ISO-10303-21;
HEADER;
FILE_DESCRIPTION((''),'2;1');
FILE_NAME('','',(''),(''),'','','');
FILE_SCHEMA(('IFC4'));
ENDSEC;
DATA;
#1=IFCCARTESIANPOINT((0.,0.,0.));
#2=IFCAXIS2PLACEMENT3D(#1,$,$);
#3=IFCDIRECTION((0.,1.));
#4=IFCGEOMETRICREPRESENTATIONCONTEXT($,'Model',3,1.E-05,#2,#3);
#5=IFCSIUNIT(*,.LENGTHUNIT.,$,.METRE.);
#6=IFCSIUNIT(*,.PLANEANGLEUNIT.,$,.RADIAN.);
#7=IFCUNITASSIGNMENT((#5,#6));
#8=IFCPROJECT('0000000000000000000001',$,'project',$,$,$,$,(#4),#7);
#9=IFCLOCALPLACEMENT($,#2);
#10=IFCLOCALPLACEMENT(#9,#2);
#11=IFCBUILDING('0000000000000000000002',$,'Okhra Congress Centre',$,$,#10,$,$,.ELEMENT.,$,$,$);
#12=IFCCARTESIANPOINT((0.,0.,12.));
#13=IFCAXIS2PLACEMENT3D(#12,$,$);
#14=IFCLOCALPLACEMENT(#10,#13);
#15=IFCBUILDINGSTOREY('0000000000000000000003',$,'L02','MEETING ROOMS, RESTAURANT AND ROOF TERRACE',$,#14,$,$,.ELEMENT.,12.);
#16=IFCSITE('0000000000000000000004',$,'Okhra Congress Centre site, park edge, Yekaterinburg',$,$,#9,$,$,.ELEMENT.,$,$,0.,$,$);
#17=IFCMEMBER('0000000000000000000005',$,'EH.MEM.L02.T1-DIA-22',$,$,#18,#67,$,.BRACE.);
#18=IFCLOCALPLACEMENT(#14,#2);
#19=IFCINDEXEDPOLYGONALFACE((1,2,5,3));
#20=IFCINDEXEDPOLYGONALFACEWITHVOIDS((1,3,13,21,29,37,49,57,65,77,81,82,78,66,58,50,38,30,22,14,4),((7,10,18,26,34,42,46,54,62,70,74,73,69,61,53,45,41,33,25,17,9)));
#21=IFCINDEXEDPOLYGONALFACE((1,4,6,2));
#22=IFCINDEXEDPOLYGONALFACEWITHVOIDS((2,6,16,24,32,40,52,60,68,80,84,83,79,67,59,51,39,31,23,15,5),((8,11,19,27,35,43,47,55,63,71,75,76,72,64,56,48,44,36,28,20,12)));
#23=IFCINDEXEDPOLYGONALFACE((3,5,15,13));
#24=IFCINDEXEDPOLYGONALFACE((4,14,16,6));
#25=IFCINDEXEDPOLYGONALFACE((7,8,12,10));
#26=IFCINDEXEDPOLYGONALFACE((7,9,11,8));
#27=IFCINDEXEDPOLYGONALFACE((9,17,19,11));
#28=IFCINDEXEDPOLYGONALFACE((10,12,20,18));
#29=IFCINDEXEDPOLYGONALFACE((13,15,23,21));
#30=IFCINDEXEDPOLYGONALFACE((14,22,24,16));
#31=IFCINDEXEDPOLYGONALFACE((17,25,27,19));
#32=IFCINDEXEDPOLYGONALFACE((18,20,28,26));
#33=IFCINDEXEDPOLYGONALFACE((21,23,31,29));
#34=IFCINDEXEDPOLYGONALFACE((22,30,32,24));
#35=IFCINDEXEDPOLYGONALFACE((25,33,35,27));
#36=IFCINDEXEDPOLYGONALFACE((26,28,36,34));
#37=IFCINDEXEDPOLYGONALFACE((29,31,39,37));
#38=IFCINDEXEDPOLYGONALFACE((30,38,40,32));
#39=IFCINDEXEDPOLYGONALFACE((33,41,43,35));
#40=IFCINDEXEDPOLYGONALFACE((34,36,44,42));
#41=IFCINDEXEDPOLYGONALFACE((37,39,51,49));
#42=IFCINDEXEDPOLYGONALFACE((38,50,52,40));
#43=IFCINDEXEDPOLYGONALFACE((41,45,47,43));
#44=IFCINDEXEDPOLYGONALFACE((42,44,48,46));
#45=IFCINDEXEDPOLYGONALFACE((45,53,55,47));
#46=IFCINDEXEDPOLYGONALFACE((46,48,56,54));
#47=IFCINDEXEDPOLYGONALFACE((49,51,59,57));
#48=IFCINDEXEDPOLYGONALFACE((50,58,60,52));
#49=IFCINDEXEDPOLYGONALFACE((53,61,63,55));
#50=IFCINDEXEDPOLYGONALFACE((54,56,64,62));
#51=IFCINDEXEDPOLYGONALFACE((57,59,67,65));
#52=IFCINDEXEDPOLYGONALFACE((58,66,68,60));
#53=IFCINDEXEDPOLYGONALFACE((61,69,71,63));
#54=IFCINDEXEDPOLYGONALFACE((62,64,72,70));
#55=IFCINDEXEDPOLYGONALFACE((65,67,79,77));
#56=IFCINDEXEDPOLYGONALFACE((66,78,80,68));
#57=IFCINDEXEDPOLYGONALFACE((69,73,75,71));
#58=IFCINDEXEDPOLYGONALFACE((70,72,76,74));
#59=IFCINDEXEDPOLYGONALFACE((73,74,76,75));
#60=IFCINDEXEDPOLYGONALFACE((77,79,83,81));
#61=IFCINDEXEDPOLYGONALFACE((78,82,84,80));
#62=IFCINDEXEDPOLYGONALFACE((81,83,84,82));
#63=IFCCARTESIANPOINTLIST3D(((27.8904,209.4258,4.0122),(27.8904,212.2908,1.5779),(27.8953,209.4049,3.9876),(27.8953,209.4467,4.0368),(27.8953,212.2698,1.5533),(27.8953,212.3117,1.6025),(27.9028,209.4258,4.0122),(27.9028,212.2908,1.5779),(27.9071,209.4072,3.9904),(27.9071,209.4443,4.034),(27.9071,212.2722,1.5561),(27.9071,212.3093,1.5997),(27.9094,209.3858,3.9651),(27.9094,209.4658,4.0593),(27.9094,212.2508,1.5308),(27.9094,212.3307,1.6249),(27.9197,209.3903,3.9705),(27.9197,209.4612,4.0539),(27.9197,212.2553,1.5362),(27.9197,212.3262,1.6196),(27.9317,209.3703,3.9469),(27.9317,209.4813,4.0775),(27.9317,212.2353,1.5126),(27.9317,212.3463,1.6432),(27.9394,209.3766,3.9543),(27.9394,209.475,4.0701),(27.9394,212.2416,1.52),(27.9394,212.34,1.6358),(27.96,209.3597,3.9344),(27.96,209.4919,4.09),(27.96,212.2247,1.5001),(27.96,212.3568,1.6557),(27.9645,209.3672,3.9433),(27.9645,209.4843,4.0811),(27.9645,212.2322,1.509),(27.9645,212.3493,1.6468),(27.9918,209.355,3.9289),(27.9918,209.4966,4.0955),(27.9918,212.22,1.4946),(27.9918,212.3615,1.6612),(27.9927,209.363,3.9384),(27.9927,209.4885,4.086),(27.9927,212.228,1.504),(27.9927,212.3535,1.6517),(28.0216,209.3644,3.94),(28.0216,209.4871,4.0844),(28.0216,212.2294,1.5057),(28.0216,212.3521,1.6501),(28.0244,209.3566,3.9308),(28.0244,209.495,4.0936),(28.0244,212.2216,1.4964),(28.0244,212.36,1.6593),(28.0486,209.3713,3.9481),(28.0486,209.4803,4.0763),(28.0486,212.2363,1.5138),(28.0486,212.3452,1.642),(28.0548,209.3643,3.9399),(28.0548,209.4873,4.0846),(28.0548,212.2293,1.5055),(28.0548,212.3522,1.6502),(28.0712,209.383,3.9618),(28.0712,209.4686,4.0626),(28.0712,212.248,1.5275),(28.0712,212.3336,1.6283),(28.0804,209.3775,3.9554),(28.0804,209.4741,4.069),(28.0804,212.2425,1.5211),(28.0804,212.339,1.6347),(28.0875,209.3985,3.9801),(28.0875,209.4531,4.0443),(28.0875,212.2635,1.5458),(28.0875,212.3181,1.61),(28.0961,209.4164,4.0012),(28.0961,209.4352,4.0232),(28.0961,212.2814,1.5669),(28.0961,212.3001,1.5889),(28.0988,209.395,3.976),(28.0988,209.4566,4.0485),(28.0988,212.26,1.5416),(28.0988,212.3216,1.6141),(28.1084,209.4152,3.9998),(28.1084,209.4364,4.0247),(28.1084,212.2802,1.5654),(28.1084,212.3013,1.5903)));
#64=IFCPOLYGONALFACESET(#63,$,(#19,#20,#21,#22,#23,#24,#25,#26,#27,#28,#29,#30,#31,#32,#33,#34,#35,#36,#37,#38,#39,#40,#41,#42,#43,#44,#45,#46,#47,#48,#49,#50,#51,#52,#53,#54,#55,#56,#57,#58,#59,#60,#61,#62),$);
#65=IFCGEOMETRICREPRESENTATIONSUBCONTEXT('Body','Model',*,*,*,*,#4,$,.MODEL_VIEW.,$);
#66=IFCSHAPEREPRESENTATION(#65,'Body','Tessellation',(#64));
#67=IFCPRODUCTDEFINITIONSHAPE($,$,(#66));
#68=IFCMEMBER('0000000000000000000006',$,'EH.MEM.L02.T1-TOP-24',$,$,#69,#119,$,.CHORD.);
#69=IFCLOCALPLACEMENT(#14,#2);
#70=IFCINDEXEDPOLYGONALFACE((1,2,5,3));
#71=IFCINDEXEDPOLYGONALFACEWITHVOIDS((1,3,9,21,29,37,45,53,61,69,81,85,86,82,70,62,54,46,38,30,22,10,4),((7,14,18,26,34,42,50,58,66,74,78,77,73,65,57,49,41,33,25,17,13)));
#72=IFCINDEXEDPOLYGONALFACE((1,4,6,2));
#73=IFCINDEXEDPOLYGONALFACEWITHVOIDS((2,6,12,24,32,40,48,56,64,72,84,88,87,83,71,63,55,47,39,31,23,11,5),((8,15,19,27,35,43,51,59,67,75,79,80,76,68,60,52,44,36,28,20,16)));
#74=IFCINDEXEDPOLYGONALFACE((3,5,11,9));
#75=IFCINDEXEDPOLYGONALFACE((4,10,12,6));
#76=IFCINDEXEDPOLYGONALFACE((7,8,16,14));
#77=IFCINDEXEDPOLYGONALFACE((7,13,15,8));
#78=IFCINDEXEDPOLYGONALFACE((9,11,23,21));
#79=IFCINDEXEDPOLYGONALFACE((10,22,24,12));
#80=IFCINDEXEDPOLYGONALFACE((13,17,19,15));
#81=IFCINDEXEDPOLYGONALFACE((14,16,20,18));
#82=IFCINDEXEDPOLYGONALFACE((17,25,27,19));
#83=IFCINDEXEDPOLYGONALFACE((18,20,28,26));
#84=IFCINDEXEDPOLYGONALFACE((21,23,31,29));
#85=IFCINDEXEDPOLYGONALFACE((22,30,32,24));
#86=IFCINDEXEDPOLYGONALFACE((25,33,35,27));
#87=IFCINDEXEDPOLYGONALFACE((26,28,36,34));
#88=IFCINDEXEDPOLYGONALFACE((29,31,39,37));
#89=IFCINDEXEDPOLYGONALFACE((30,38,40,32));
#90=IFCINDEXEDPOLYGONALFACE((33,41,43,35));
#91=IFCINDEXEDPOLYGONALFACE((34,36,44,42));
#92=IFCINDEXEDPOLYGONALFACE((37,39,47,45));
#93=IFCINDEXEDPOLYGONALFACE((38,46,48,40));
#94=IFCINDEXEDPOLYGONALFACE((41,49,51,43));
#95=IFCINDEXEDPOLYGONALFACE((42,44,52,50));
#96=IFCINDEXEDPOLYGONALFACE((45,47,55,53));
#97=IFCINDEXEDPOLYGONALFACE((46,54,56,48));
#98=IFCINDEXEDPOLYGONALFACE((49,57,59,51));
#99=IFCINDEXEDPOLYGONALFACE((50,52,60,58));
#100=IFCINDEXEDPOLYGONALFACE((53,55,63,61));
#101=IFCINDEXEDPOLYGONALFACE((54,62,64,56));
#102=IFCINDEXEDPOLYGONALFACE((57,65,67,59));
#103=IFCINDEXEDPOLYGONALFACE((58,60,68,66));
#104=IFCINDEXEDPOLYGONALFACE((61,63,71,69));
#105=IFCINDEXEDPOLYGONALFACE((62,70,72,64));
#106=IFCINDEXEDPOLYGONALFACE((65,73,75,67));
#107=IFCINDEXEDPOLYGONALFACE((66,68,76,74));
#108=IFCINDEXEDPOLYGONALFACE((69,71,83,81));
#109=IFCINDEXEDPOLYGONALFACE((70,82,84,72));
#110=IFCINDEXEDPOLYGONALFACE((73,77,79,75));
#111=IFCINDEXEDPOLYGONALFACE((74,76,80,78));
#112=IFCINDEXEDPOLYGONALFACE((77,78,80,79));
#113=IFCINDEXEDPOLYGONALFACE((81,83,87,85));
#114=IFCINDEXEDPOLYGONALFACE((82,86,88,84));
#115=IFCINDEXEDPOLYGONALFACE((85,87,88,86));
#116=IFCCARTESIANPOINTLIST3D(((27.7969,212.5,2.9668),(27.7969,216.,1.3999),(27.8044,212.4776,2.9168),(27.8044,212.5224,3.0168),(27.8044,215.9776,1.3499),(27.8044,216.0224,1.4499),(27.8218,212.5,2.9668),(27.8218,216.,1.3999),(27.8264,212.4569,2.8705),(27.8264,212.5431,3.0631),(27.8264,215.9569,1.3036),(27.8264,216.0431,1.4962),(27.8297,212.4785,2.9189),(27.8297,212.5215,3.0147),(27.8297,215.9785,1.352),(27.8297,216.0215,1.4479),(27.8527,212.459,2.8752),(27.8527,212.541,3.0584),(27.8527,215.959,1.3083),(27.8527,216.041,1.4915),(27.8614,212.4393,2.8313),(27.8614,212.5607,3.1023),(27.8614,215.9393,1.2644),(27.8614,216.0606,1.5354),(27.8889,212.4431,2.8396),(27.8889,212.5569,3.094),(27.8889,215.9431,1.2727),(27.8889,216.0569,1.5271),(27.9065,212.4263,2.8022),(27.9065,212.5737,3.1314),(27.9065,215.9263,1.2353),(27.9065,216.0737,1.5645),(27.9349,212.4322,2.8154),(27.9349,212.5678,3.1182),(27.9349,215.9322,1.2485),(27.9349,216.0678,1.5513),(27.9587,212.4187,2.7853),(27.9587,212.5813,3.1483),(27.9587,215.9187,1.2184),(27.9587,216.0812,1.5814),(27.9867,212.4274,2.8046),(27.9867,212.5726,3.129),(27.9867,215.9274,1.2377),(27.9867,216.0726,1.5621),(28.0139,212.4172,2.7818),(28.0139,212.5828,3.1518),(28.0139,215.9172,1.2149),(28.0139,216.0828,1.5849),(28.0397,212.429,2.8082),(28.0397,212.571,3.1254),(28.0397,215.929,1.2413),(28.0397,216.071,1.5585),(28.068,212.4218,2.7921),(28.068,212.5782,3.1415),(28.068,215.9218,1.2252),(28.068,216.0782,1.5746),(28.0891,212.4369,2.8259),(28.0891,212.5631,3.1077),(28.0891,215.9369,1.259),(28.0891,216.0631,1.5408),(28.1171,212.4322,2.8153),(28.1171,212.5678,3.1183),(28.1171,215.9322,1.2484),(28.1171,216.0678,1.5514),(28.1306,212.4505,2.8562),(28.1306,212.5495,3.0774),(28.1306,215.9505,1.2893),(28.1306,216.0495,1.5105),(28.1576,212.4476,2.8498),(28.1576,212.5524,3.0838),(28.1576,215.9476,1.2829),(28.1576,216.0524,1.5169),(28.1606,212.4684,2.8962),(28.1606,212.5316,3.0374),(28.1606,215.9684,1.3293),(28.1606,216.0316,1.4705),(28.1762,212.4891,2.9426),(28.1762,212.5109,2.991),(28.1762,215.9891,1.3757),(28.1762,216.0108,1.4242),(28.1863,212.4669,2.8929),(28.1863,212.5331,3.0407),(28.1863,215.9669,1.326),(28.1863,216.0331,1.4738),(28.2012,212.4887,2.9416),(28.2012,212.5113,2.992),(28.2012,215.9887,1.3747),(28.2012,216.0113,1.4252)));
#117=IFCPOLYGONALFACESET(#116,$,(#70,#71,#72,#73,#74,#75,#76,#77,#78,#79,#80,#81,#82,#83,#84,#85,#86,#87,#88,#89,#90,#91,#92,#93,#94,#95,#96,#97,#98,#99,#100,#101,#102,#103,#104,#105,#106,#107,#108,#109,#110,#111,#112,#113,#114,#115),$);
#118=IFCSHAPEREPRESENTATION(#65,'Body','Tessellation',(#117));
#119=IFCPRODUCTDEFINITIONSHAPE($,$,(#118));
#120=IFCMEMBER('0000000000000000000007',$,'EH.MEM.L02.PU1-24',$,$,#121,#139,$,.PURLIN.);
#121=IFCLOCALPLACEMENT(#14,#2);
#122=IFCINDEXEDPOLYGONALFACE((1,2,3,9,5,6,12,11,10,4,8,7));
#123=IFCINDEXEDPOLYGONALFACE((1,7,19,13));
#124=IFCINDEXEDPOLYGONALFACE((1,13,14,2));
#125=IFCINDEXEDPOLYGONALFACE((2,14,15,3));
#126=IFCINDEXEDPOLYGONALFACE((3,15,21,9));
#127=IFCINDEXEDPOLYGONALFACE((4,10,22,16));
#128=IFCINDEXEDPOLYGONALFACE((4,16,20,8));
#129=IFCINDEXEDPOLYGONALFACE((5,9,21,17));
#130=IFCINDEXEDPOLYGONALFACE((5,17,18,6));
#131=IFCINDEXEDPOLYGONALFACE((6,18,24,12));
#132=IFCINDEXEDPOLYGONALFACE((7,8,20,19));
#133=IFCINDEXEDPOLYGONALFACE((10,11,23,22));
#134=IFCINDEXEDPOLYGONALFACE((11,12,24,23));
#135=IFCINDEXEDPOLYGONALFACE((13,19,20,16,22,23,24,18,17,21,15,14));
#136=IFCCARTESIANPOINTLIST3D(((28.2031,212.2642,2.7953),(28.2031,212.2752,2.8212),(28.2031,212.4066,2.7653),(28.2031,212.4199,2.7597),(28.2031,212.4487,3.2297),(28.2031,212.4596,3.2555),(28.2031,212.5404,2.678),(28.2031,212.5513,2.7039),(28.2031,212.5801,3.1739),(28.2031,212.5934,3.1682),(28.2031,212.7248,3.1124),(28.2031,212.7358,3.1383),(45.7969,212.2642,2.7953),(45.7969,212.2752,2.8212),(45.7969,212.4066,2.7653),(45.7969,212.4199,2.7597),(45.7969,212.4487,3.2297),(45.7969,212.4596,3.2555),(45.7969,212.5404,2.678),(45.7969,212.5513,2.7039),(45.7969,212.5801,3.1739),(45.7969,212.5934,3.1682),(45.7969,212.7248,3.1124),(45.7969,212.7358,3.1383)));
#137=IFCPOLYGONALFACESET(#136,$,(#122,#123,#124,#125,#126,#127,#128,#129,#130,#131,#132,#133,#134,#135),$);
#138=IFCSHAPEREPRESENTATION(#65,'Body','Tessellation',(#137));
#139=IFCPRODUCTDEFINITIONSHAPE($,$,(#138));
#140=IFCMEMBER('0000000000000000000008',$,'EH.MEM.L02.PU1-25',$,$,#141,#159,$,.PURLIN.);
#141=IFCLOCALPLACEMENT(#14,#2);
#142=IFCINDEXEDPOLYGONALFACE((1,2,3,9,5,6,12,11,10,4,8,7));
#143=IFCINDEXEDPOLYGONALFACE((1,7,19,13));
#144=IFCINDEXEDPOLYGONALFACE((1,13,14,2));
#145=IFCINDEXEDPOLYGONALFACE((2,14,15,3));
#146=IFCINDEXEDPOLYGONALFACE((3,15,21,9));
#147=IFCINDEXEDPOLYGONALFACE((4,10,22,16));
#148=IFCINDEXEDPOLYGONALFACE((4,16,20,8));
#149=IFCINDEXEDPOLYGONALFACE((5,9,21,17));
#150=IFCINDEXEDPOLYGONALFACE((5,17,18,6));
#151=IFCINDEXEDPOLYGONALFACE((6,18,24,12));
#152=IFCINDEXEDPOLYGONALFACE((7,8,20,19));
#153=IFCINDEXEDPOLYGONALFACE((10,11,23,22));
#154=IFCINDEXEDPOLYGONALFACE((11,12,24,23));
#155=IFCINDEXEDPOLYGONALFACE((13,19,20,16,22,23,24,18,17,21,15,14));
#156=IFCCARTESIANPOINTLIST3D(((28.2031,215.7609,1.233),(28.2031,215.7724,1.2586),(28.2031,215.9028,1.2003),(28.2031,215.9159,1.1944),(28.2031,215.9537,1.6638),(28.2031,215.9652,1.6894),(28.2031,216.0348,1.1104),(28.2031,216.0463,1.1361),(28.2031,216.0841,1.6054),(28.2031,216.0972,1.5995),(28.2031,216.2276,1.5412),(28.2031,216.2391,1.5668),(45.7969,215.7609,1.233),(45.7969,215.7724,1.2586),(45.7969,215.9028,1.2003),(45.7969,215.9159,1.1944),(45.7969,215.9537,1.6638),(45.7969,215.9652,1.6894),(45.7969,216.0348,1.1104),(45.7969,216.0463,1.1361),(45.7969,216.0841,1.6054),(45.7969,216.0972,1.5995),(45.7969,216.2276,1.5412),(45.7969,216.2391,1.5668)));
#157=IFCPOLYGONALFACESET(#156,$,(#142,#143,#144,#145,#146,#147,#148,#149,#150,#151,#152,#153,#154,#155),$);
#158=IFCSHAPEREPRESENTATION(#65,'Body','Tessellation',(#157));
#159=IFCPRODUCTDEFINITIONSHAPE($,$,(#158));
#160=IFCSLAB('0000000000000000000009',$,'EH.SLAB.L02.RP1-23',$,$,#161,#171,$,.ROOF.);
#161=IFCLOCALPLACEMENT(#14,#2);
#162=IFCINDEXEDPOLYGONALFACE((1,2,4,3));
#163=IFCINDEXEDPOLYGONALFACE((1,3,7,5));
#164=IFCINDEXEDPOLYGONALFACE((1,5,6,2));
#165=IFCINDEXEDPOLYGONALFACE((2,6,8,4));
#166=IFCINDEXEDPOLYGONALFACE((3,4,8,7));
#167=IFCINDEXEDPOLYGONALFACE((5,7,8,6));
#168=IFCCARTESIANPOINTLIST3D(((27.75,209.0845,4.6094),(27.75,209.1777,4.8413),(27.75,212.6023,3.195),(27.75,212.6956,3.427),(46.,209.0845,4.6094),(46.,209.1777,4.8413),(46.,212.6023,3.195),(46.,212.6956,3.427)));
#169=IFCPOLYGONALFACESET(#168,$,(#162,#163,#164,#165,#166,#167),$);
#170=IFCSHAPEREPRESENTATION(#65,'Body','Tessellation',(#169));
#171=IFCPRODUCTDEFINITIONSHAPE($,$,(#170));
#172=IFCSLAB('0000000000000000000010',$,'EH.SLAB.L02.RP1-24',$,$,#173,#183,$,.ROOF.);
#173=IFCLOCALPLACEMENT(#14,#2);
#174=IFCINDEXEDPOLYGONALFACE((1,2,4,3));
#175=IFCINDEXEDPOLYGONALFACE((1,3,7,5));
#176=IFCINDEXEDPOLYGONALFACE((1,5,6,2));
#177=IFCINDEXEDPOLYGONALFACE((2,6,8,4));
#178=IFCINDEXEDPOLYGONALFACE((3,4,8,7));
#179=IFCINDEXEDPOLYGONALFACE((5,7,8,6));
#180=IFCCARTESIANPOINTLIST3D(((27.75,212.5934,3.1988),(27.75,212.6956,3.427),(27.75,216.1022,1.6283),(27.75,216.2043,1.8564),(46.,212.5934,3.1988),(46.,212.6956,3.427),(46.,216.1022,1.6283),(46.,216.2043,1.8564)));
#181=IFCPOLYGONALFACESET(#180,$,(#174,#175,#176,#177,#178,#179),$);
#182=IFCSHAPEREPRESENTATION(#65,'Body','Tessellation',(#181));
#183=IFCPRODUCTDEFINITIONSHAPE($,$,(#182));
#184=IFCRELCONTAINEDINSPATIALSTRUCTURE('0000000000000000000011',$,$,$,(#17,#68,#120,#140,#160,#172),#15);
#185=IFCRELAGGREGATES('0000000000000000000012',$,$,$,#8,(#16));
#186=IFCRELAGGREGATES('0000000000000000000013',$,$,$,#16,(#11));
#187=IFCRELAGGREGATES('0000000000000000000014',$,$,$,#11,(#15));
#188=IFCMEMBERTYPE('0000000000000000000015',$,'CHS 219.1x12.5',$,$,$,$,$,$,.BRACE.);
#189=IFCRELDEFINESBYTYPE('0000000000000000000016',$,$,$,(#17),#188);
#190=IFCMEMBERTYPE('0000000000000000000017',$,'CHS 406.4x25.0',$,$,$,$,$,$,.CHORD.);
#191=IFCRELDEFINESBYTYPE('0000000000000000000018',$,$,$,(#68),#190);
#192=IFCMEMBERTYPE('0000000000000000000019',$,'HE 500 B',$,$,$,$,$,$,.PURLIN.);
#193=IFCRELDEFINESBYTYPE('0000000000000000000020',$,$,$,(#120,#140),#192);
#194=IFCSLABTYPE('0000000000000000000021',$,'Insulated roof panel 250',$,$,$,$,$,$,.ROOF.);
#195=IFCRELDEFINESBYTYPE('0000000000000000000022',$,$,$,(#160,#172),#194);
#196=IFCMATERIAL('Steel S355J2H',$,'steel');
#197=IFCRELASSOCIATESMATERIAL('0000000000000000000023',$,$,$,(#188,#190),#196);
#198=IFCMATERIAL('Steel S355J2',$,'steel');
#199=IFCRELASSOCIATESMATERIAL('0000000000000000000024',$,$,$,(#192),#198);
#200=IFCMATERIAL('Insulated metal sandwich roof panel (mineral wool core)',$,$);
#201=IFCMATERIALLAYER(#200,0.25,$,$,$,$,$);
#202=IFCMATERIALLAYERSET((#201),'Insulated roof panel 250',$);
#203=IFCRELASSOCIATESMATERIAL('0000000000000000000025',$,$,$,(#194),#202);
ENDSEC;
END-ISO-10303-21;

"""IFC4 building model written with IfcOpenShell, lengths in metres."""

from ifc_helpers import new_model, si_unit, direction, frame, origin, origin_2d, place, context, subcontext, project, spatial, polyline, hollow_circle, i_section, outline, extrude, material, layer, layer_set, material_profile, profile_set, type_object, element, save


model = new_model("IFC4")

# Units and contexts
model_context = context("Model", 3, precision=1e-05, world=origin(), true_north=direction((0.0, 1.0)))
body_context = subcontext(model_context, "Body", "Model", "MODEL_VIEW")
ifc_project = project(units=[si_unit("LENGTHUNIT", "METRE"), si_unit("PLANEANGLEUNIT", "RADIAN")], contexts=[model_context])

# Site, building, storey
site_placement = place(None, origin())
site = spatial("IfcSite", under=ifc_project, at=site_placement, Name="Okhra Congress Centre site, park edge, Yekaterinburg", CompositionType="ELEMENT", RefElevation=0.0)
building_placement = place(site_placement, origin())
building = spatial("IfcBuilding", under=site, at=building_placement, Name="Okhra Congress Centre", CompositionType="ELEMENT")
storey_placement = place(building_placement, frame((0.0, 0.0, 12.0)))
storey = spatial("IfcBuildingStorey", under=building, at=storey_placement, Name="L02", Description="MEETING ROOMS, RESTAURANT AND ROOF TERRACE", CompositionType="ELEMENT", Elevation=12.0)

# Shared definitions
ifc_material_1 = material(Name="Steel S355J2", Category="steel")

# Members
ifc_material_2 = material(Name="Steel S355J2H", Category="steel")
ifc_material_profile_1 = material_profile(ifc_material_2, hollow_circle(Radius=0.1096, WallThickness=0.0125, at=origin_2d()), Name="CHS 219.1x12.5")
ifc_profile_set_1 = profile_set([ifc_material_profile_1], Name="Steel S355J2H")
member_type_1 = type_object("IfcMemberType", Name="CHS 219.1x12.5", PredefinedType="BRACE", material=ifc_profile_set_1)
member_1_placement = place(storey_placement, frame((28.0, 209.4258, 4.0122), z_axis=(0.0, 0.762059, -0.647507), x_axis=(-1.0, 0.0, 0.0)))
element("IfcMember", 1, at=member_1_placement, inside=storey, type_object=member_type_1, Name="EH.MEM.L02.T1-DIA-22", PredefinedType="BRACE", context=body_context, shape_type="SweptSolid", body=[
    extrude(hollow_circle(Radius=0.1096, WallThickness=0.0125, at=origin_2d()), origin(), (0.0, 0.0, 1.0), 3.7595),
])
ifc_material_profile_2 = material_profile(ifc_material_2, hollow_circle(Radius=0.2031, WallThickness=0.0249, at=origin_2d()), Name="CHS 406.4x25.0")
ifc_profile_set_2 = profile_set([ifc_material_profile_2], Name="Steel S355J2H")
member_type_2 = type_object("IfcMemberType", Name="CHS 406.4x25.0", PredefinedType="CHORD", material=ifc_profile_set_2)
member_2_placement = place(storey_placement, frame((28.0, 212.5, 2.9668), z_axis=(0.0, 0.912711, -0.408606), x_axis=(-1.0, 0.0, 0.0)))
element("IfcMember", 2, at=member_2_placement, inside=storey, type_object=member_type_2, Name="EH.MEM.L02.T1-TOP-24", PredefinedType="CHORD", context=body_context, shape_type="SweptSolid", body=[
    extrude(hollow_circle(Radius=0.2031, WallThickness=0.0249, at=origin_2d()), origin(), (0.0, 0.0, 1.0), 3.8347),
])
ifc_material_profile_3 = material_profile(ifc_material_1, i_section(OverallWidth=0.3, OverallDepth=0.5, WebThickness=0.0144, FlangeThickness=0.0281, at=origin_2d()), Name="HE 500 B")
ifc_profile_set_3 = profile_set([ifc_material_profile_3], Name="Steel S355J2")
member_type_3 = type_object("IfcMemberType", Name="HE 500 B", PredefinedType="PURLIN", material=ifc_profile_set_3)
for number, where, z_axis, x_axis, name in (
    (3, (28.2031, 212.5, 2.9668), (1.0, 0.0, 0.0), (0.0, 0.920437, -0.39089), "EH.MEM.L02.PU1-24"),
    (4, (28.2031, 216.0, 1.3999), (1.0, 0.0, 0.0), (0.0, 0.912721, -0.408583), "EH.MEM.L02.PU1-25"),
):
    element("IfcMember", number, at=place(storey_placement, frame(where, z_axis=z_axis, x_axis=x_axis)), inside=storey, type_object=member_type_3, Name=name, PredefinedType="PURLIN", context=body_context, shape_type="SweptSolid", body=[
        extrude(i_section(OverallWidth=0.3, OverallDepth=0.5, WebThickness=0.0144, FlangeThickness=0.0281, at=origin_2d()), origin(), (0.0, 0.0, 1.0), 17.5938),
    ])

# Slabs
ifc_material_3 = material(Name="Insulated metal sandwich roof panel (mineral wool core)")
ifc_layer_1 = layer(ifc_material_3, 0.25)
ifc_layer_set_1 = layer_set([ifc_layer_1], Name="Insulated roof panel 250")
slab_type = type_object("IfcSlabType", Name="Insulated roof panel 250", PredefinedType="ROOF", material=ifc_layer_set_1)
slab_1_placement = place(storey_placement, frame((27.75, 209.1777, 4.8413), z_axis=(0.0, 0.373022, 0.927822), x_axis=(1.0, 0.0, 0.0)))
element("IfcSlab", 5, at=slab_1_placement, inside=storey, type_object=slab_type, Name="EH.SLAB.L02.RP1-23", PredefinedType="ROOF", context=body_context, shape_type="SweptSolid", body=[
    extrude(outline(polyline([(0.0, 0.0), (18.25, 0.0), (18.25, 3.7915), (0.0, 3.7915), (0.0, 0.0)])), origin(), (0.0, 0.0, -1.0), 0.25),
])
slab_2_placement = place(storey_placement, frame((27.75, 212.6956, 3.427), z_axis=(0.0, 0.408547, 0.912737), x_axis=(1.0, 0.0, 0.0)))
element("IfcSlab", 6, at=slab_2_placement, inside=storey, type_object=slab_type, Name="EH.SLAB.L02.RP1-24", PredefinedType="ROOF", context=body_context, shape_type="SweptSolid", body=[
    extrude(outline(polyline([(0.0, 0.0), (18.25, 0.0), (18.25, 3.8442), (0.0, 3.8442), (0.0, 0.0)])), origin(), (0.0, 0.0, -1.0), 0.25),
])

save(model, "model.ifc")
